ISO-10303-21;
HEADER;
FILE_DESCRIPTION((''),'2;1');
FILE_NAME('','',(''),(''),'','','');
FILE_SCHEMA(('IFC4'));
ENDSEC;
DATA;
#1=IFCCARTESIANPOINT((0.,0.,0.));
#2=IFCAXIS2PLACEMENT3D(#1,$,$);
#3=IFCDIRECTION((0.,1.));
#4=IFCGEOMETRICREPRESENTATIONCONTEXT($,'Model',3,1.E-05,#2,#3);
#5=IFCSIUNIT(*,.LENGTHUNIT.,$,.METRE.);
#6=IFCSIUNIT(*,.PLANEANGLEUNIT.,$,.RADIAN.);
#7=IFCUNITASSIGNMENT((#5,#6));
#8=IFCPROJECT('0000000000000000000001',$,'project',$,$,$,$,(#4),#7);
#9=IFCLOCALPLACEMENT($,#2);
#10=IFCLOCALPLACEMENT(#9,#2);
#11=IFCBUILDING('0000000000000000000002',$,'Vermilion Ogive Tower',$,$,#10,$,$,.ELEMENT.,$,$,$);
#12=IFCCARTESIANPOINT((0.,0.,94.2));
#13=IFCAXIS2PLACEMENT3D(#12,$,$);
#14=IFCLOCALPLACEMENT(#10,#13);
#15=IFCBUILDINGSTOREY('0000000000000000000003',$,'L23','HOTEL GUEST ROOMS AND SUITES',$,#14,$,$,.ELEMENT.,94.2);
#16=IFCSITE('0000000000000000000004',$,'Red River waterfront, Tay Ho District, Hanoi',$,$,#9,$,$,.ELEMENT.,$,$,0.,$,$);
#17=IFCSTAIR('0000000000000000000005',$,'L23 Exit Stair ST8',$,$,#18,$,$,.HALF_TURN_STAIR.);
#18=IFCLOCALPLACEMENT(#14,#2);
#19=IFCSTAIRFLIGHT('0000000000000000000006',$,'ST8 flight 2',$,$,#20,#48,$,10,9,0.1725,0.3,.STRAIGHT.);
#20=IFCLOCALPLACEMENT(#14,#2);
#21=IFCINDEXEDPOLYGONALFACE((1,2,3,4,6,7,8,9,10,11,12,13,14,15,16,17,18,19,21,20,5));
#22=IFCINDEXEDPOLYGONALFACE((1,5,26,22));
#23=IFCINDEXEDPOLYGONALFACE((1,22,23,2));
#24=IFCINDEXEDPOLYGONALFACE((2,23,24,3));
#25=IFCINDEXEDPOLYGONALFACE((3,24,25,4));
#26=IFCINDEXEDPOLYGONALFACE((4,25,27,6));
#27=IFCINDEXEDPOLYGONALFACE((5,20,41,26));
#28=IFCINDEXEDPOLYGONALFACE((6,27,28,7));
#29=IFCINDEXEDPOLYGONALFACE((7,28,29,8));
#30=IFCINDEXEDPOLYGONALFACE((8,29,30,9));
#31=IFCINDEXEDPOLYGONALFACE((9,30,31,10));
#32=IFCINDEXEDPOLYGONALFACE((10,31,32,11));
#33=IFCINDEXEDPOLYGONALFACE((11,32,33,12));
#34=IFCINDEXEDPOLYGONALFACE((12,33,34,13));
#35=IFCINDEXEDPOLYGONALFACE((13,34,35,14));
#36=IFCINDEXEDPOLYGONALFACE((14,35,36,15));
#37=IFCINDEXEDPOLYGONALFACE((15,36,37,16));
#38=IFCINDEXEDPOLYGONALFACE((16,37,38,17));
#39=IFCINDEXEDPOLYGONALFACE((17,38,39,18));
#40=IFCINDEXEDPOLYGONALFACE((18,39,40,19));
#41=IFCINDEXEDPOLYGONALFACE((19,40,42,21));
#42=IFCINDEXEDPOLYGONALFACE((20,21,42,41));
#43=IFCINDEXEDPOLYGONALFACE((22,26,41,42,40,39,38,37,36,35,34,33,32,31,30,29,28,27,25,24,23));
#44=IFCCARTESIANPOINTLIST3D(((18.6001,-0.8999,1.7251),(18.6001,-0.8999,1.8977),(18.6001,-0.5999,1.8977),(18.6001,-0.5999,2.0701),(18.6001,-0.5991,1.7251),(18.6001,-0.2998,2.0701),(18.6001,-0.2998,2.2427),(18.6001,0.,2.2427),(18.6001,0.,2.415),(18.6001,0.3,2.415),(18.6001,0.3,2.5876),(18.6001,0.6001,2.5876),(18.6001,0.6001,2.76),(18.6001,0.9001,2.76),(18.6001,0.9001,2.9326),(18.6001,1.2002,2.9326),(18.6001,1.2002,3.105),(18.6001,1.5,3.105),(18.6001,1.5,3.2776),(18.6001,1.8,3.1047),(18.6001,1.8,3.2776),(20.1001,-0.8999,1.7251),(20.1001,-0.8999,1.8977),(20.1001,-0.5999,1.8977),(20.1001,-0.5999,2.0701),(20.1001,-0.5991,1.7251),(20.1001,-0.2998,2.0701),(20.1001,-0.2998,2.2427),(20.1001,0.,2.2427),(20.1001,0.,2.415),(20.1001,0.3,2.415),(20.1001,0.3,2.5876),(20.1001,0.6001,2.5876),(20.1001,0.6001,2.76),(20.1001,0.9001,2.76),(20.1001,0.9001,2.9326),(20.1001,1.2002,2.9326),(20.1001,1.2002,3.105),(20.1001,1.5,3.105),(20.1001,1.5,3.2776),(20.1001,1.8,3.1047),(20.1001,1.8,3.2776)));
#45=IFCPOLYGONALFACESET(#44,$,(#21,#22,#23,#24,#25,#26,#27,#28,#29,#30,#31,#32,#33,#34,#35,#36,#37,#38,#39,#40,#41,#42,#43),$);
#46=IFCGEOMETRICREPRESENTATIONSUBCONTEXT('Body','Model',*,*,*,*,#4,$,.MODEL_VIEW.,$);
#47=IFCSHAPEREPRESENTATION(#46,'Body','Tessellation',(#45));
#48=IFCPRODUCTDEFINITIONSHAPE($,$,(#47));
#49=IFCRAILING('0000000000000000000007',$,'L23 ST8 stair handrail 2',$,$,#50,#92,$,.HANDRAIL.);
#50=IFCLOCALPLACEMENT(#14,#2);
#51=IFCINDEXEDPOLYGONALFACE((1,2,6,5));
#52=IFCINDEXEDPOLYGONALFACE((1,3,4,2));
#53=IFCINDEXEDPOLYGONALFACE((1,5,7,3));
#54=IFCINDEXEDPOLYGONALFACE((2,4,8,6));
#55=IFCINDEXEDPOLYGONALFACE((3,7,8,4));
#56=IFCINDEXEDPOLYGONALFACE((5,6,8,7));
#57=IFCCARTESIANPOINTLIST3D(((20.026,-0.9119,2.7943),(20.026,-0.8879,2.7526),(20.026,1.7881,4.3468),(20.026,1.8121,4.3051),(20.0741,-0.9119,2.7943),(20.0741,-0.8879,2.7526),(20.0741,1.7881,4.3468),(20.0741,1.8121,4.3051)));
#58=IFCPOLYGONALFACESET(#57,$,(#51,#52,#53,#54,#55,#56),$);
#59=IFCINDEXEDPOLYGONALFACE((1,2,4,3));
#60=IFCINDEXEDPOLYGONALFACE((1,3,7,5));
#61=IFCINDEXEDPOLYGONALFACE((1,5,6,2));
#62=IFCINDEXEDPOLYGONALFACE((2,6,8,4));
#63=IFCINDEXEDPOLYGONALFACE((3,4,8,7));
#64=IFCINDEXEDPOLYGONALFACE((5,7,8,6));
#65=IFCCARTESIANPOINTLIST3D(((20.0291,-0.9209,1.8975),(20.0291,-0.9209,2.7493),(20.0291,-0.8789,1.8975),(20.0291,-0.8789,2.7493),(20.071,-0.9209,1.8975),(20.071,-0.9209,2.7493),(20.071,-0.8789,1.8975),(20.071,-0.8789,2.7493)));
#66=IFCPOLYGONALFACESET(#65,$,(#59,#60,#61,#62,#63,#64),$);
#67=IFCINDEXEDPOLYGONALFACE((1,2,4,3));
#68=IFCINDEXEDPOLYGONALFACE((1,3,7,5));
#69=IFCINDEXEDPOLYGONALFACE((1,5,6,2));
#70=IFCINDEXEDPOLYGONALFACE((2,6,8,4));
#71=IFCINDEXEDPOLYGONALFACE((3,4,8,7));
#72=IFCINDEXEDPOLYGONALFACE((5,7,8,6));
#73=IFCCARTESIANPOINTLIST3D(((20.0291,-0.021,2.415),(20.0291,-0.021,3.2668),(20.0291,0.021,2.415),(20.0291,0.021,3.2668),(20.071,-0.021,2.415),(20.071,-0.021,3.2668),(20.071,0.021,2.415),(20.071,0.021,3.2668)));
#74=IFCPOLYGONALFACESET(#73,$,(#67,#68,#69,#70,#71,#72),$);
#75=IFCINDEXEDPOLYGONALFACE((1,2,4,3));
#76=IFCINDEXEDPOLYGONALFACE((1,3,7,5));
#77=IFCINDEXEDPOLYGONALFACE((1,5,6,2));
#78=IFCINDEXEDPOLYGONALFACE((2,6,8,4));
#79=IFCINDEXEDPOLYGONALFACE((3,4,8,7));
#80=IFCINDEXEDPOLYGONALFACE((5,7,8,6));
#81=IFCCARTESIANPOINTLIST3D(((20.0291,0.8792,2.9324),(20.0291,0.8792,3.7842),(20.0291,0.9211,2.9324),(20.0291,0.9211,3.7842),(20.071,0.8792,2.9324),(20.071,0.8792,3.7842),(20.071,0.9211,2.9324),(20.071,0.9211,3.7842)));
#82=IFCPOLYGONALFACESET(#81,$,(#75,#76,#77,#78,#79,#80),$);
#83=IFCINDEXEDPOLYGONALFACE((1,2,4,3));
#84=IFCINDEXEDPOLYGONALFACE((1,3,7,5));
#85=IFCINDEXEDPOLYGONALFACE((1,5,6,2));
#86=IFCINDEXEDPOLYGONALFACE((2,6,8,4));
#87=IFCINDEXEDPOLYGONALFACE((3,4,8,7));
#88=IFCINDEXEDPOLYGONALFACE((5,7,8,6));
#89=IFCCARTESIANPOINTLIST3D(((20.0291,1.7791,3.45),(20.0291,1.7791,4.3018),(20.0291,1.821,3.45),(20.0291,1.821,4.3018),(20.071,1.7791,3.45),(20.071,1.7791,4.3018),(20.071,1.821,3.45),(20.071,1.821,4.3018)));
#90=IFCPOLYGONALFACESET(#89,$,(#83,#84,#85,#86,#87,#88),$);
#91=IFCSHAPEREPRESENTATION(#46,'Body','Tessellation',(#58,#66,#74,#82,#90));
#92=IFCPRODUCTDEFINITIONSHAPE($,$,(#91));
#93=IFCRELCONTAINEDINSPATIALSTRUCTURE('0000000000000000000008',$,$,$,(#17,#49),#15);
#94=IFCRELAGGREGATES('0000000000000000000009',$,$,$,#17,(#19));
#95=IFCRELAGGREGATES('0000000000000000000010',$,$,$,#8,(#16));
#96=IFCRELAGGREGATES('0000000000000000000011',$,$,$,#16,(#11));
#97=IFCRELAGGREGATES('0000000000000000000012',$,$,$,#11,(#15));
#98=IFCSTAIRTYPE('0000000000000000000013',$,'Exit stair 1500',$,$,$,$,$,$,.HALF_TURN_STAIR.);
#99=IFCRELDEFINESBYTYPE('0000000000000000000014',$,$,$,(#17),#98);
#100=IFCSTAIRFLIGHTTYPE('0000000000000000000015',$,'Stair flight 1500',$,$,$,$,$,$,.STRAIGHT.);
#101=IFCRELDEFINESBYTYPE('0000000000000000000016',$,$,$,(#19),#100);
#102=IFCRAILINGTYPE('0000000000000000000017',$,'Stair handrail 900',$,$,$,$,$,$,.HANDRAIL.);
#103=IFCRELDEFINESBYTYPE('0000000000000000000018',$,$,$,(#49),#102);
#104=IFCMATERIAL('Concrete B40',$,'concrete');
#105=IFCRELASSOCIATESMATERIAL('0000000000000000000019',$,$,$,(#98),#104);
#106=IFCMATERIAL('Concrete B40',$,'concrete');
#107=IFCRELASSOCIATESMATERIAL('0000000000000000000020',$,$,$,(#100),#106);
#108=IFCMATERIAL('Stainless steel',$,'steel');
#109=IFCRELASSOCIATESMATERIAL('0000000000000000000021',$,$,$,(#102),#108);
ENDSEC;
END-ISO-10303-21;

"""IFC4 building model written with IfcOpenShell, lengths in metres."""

from ifc_helpers import new_model, si_unit, direction, frame, origin, origin_2d, place, context, subcontext, project, spatial, polyline, rectangle, outline, extrude, material, type_object, element, aggregate, save


model = new_model("IFC4")

# Units and contexts
model_context = context("Model", 3, precision=1e-05, world=origin(), true_north=direction((0.0, 1.0)))
body_context = subcontext(model_context, "Body", "Model", "MODEL_VIEW")
ifc_project = project(units=[si_unit("LENGTHUNIT", "METRE"), si_unit("PLANEANGLEUNIT", "RADIAN")], contexts=[model_context])

# Site, building, storey
site_placement = place(None, origin())
site = spatial("IfcSite", under=ifc_project, at=site_placement, Name="Red River waterfront, Tay Ho District, Hanoi", CompositionType="ELEMENT", RefElevation=0.0)
building_placement = place(site_placement, origin())
building = spatial("IfcBuilding", under=site, at=building_placement, Name="Vermilion Ogive Tower", CompositionType="ELEMENT")
storey_placement = place(building_placement, frame((0.0, 0.0, 94.2)))
storey = spatial("IfcBuildingStorey", under=building, at=storey_placement, Name="L23", Description="HOTEL GUEST ROOMS AND SUITES", CompositionType="ELEMENT", Elevation=94.2)

# Stair, stair flight
ifc_material_1 = material(Name="Concrete B40", Category="concrete")
stair_type = type_object("IfcStairType", Name="Exit stair 1500", PredefinedType="HALF_TURN_STAIR", material=ifc_material_1)
stair_placement = place(storey_placement, origin())
stair = element("IfcStair", 1, at=stair_placement, inside=storey, type_object=stair_type, Name="L23 Exit Stair ST8", PredefinedType="HALF_TURN_STAIR")
ifc_material_2 = material(Name="Concrete B40", Category="concrete")
stair_flight_type = type_object("IfcStairFlightType", Name="Stair flight 1500", PredefinedType="STRAIGHT", material=ifc_material_2)
stair_flight_placement = place(storey_placement, frame((19.3501, -0.8999, 1.7251), z_axis=(0.0, 0.0, 1.0), x_axis=(0.0, 1.0, 0.0)))
stair_flight = element("IfcStairFlight", 2, at=stair_flight_placement, type_object=stair_flight_type, Name="ST8 flight 2", NumberOfRisers=10, NumberOfTreads=9, PredefinedType="STRAIGHT", RiserHeight=0.1725, TreadLength=0.3, context=body_context, shape_type="SweptSolid", body=[
    extrude(outline(polyline([(0.0, 0.0), (0.0, 0.1726), (0.3, 0.1726), (0.3, 0.345), (0.6001, 0.345), (0.6001, 0.5176), (0.8999, 0.5176), (0.8999, 0.6899), (1.2, 0.6899), (1.2, 0.8625), (1.5, 0.8625), (1.5, 1.0349), (1.8, 1.0349), (1.8, 1.2075), (2.1001, 1.2075), (2.1001, 1.3799), (2.3999, 1.3799), (2.3999, 1.5525), (2.7, 1.5525), (2.7, 1.7251), (2.7, 1.3796), (0.3008, 0.0), (0.0, 0.0)])), frame((0.0, 0.75, 0.0), z_axis=(0.0, -1.0, 0.0), x_axis=(1.0, 0.0, 0.0)), (0.0, 0.0, 1.0), 1.5),
])
aggregate(stair, [stair_flight])

# Railing
ifc_material_3 = material(Name="Stainless steel", Category="steel")
railing_type = type_object("IfcRailingType", Name="Stair handrail 900", PredefinedType="HANDRAIL", material=ifc_material_3)
railing_placement = place(storey_placement, frame((20.05, -0.8999, 1.8975)))
element("IfcRailing", 3, at=railing_placement, inside=storey, type_object=railing_type, Name="L23 ST8 stair handrail 2", PredefinedType="HANDRAIL", context=body_context, shape_type="SweptSolid", body=[
    extrude(rectangle(XDim=0.0481, YDim=0.0481, at=origin_2d()), frame((0.0, 0.0, 0.876), z_axis=(0.0, 0.866904, 0.498476), x_axis=(-1.0, 0.0, 0.0)), (0.0, 0.0, 1.0), 3.1145),
    extrude(rectangle(XDim=0.042, YDim=0.042, at=origin_2d()), origin(), (0.0, 0.0, 1.0), 0.8518),
    extrude(rectangle(XDim=0.042, YDim=0.042, at=origin_2d()), frame((0.0, 0.8999, 0.5176)), (0.0, 0.0, 1.0), 0.8518),
    extrude(rectangle(XDim=0.042, YDim=0.042, at=origin_2d()), frame((0.0, 1.8, 1.0349)), (0.0, 0.0, 1.0), 0.8518),
    extrude(rectangle(XDim=0.042, YDim=0.042, at=origin_2d()), frame((0.0, 2.7, 1.5525)), (0.0, 0.0, 1.0), 0.8518),
])

save(model, "model.ifc")
